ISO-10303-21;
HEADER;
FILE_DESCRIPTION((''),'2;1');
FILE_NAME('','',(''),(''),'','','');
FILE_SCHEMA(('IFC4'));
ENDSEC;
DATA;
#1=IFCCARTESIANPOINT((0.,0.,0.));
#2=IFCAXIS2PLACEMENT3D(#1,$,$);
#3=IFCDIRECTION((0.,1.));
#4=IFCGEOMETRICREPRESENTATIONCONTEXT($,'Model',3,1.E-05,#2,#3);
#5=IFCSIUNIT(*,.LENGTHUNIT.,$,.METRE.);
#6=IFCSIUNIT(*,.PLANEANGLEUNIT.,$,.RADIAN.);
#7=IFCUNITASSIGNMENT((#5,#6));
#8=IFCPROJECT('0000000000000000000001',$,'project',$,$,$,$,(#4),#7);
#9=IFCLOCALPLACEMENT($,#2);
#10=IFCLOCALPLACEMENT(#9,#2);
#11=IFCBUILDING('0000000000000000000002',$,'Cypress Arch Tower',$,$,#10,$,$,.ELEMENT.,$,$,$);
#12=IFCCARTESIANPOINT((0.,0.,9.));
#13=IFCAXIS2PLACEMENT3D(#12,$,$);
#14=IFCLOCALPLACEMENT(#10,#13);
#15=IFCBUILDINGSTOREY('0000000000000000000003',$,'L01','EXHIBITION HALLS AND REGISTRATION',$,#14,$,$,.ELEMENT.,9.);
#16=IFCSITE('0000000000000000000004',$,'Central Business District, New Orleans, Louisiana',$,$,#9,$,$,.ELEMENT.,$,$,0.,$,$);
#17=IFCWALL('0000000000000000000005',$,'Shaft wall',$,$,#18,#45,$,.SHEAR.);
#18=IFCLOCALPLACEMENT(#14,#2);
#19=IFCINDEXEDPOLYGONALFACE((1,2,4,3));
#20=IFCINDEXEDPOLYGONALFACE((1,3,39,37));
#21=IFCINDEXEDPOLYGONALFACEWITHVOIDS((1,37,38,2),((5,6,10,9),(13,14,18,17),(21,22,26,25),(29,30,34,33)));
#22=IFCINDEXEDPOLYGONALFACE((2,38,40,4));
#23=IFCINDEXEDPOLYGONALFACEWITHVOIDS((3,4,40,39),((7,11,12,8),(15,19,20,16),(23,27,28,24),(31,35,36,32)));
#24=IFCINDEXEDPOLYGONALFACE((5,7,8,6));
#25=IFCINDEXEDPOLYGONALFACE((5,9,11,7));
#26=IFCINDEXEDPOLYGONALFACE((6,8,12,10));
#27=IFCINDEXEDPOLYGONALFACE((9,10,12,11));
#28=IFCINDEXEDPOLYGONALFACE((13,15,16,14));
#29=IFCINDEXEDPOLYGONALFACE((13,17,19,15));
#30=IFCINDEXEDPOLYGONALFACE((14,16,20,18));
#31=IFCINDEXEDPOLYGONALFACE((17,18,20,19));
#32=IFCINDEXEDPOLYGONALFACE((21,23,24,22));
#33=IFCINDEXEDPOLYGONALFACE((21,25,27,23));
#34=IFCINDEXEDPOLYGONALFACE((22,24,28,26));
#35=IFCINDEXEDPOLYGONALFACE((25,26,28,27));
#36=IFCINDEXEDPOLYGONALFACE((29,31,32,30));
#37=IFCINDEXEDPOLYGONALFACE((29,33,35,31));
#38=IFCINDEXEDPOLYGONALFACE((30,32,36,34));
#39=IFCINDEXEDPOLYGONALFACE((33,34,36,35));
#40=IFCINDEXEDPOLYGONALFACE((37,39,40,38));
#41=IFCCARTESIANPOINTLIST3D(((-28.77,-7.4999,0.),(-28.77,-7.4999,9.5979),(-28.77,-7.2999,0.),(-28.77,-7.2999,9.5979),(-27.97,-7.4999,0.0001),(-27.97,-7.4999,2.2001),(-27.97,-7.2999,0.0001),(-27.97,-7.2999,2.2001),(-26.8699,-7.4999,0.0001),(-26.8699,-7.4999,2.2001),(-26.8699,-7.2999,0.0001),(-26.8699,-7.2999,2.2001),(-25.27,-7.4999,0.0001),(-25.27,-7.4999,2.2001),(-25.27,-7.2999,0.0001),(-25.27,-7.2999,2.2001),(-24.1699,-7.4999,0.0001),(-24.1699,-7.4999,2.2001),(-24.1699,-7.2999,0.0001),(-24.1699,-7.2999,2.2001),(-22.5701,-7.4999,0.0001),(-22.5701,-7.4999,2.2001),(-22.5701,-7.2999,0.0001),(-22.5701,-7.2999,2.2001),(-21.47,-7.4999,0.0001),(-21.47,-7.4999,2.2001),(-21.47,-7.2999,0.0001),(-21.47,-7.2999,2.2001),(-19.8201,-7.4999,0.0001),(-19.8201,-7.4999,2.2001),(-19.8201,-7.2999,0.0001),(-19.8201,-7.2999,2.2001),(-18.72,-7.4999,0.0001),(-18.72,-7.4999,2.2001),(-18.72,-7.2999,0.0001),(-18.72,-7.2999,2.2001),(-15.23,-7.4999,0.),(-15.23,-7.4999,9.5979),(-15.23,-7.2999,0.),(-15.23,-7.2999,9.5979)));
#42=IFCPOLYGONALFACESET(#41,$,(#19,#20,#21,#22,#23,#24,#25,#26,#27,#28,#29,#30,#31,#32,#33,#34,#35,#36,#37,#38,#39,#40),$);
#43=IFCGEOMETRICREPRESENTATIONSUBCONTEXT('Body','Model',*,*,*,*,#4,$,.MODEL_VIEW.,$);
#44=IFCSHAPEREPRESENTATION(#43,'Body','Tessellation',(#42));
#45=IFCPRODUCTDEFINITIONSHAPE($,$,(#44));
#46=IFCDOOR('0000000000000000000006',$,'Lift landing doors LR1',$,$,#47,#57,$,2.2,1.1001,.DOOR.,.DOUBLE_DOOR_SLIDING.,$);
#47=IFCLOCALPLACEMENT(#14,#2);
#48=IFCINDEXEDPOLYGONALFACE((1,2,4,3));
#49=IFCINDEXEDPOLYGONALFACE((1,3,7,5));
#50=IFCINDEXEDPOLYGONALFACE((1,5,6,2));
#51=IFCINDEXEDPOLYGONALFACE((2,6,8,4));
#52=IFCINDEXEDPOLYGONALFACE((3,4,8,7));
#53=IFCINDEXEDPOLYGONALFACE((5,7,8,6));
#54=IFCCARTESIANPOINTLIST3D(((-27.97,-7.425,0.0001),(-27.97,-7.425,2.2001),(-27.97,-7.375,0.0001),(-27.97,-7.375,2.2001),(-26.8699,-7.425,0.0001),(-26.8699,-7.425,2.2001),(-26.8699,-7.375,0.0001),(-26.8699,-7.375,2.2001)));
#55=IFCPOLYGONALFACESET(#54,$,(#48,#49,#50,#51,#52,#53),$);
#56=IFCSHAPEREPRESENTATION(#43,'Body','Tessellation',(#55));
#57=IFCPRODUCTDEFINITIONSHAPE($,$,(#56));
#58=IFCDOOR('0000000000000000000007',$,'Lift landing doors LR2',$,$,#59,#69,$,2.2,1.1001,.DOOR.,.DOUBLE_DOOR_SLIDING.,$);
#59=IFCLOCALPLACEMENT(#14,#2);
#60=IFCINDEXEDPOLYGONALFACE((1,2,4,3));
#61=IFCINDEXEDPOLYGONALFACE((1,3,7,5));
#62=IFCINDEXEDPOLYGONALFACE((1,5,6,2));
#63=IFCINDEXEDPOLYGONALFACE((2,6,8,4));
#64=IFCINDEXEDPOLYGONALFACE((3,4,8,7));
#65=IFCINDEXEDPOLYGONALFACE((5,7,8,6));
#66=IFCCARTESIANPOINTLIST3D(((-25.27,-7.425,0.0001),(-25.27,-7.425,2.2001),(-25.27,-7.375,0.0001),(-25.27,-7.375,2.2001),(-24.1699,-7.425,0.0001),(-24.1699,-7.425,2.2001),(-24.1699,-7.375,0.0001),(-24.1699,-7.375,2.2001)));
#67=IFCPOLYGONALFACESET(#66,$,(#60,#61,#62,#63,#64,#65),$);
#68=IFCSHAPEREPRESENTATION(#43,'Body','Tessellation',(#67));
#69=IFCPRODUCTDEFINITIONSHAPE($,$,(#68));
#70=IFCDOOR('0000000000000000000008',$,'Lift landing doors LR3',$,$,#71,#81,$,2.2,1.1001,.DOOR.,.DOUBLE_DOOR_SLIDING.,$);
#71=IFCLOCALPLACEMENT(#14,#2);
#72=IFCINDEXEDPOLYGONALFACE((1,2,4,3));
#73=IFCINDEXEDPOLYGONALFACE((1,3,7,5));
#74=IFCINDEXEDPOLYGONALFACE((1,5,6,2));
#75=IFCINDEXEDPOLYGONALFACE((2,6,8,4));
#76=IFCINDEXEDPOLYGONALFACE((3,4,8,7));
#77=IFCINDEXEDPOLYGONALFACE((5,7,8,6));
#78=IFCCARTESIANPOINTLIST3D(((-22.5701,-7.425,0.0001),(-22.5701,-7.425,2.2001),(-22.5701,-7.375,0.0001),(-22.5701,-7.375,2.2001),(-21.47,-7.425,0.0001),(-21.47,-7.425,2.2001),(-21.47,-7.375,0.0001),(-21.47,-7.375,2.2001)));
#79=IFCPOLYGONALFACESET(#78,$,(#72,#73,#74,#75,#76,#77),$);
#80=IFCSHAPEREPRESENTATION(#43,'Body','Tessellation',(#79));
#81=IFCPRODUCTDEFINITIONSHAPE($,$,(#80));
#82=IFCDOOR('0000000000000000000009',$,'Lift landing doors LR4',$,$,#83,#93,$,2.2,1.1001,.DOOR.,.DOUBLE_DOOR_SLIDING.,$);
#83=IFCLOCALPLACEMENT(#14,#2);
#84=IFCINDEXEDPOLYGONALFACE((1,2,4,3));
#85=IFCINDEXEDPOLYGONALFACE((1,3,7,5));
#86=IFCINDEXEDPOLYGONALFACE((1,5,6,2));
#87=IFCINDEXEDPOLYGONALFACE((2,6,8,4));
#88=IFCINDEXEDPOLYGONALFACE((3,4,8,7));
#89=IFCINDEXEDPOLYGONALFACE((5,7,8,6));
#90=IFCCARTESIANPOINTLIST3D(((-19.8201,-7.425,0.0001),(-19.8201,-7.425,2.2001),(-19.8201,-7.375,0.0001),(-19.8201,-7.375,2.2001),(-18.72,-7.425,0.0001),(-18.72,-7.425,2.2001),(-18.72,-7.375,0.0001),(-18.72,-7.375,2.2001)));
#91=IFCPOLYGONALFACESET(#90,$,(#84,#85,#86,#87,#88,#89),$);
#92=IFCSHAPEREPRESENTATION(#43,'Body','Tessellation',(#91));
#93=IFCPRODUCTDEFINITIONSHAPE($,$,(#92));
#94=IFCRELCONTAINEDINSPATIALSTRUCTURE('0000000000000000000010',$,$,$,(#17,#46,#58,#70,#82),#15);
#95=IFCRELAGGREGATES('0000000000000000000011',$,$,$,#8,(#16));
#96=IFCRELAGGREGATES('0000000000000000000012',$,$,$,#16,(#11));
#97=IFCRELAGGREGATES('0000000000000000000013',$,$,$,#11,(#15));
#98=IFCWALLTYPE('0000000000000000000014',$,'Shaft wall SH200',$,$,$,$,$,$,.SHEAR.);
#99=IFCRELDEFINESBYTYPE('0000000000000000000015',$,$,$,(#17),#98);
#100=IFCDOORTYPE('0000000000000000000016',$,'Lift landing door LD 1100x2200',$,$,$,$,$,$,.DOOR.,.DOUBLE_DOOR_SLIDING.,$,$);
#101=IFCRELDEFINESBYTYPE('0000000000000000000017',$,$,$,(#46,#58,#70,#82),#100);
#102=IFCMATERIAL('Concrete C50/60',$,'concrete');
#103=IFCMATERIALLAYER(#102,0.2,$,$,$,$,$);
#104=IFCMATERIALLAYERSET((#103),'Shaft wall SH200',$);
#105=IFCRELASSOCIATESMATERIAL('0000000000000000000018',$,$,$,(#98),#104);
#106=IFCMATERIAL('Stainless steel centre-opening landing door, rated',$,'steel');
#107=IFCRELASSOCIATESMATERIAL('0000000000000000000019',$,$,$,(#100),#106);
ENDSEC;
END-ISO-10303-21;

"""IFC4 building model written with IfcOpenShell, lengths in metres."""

from ifc_helpers import new_model, si_unit, direction, frame, frame_2d, origin, place, context, subcontext, project, spatial, rectangle, extrude, material, layer, layer_set, type_object, element, fill, save


model = new_model("IFC4")

# Units and contexts
model_context = context("Model", 3, precision=1e-05, world=origin(), true_north=direction((0.0, 1.0)))
body_context = subcontext(model_context, "Body", "Model", "MODEL_VIEW")
ifc_project = project(units=[si_unit("LENGTHUNIT", "METRE"), si_unit("PLANEANGLEUNIT", "RADIAN")], contexts=[model_context])

# Site, building, storey
site_placement = place(None, origin())
site = spatial("IfcSite", under=ifc_project, at=site_placement, Name="Central Business District, New Orleans, Louisiana", CompositionType="ELEMENT", RefElevation=0.0)
building_placement = place(site_placement, origin())
building = spatial("IfcBuilding", under=site, at=building_placement, Name="Cypress Arch Tower", CompositionType="ELEMENT")
storey_placement = place(building_placement, frame((0.0, 0.0, 9.0)))
storey = spatial("IfcBuildingStorey", under=building, at=storey_placement, Name="L01", Description="EXHIBITION HALLS AND REGISTRATION", CompositionType="ELEMENT", Elevation=9.0)

# Wall, openings, doors
ifc_material_1 = material(Name="Concrete C50/60", Category="concrete")
ifc_layer_1 = layer(ifc_material_1, 0.2)
ifc_layer_set_1 = layer_set([ifc_layer_1], Name="Shaft wall SH200")
wall_type_1 = type_object("IfcWallType", Name="Shaft wall SH200", PredefinedType="SHEAR", material=ifc_layer_set_1)
wall_1_placement = place(storey_placement, frame((-28.77, -7.3999, 0.0), z_axis=(0.0, 0.0, 1.0), x_axis=(1.0, 0.0, 0.0)))
wall_1 = element("IfcWall", 1, at=wall_1_placement, inside=storey, type_object=wall_type_1, Name="Shaft wall", PredefinedType="SHEAR", context=body_context, shape_type="SweptSolid", body=[
    extrude(rectangle(XDim=13.54, YDim=0.2, at=frame_2d((6.77, 0.0))), origin(), (0.0, 0.0, 1.0), 9.5979),
])
opening_1_placement = place(wall_1_placement, frame((0.8, 0.0, 0.0)))
opening_1 = element("IfcOpeningElement", 2, at=opening_1_placement, cuts=wall_1, PredefinedType="OPENING", context=body_context, shape_type="SweptSolid", body=[
    extrude(rectangle(XDim=1.1001, YDim=2.2, at=frame_2d((0.55, 1.1001))), frame((0.0, 0.1099, 0.0), z_axis=(0.0, -1.0, 0.0), x_axis=(1.0, 0.0, 0.0)), (0.0, 0.0, 1.0), 0.22),
])
opening_2_placement = place(wall_1_placement, frame((3.5, 0.0, 0.0)))
opening_2 = element("IfcOpeningElement", 3, at=opening_2_placement, cuts=wall_1, PredefinedType="OPENING", context=body_context, shape_type="SweptSolid", body=[
    extrude(rectangle(XDim=1.1001, YDim=2.2, at=frame_2d((0.55, 1.1001))), frame((0.0, 0.1099, 0.0), z_axis=(0.0, -1.0, 0.0), x_axis=(1.0, 0.0, 0.0)), (0.0, 0.0, 1.0), 0.22),
])
opening_3_placement = place(wall_1_placement, frame((6.2, 0.0, 0.0)))
opening_3 = element("IfcOpeningElement", 4, at=opening_3_placement, cuts=wall_1, PredefinedType="OPENING", context=body_context, shape_type="SweptSolid", body=[
    extrude(rectangle(XDim=1.1001, YDim=2.2, at=frame_2d((0.55, 1.1001))), frame((0.0, 0.1099, 0.0), z_axis=(0.0, -1.0, 0.0), x_axis=(1.0, 0.0, 0.0)), (0.0, 0.0, 1.0), 0.22),
])
opening_4_placement = place(wall_1_placement, frame((8.95, 0.0, 0.0)))
opening_4 = element("IfcOpeningElement", 5, at=opening_4_placement, cuts=wall_1, PredefinedType="OPENING", context=body_context, shape_type="SweptSolid", body=[
    extrude(rectangle(XDim=1.1001, YDim=2.2, at=frame_2d((0.55, 1.1001))), frame((0.0, 0.1099, 0.0), z_axis=(0.0, -1.0, 0.0), x_axis=(1.0, 0.0, 0.0)), (0.0, 0.0, 1.0), 0.22),
])
ifc_material_2 = material(Name="Stainless steel centre-opening landing door, rated", Category="steel")
door_type = type_object("IfcDoorType", Name="Lift landing door LD 1100x2200", OperationType="DOUBLE_DOOR_SLIDING", PredefinedType="DOOR", material=ifc_material_2)
door_1_placement = place(opening_1_placement, origin())
door_1 = element("IfcDoor", 6, at=door_1_placement, inside=storey, type_object=door_type, Name="Lift landing doors LR1", OperationType="DOUBLE_DOOR_SLIDING", OverallHeight=2.2, OverallWidth=1.1001, PredefinedType="DOOR", context=body_context, shape_type="SweptSolid", body=[
    extrude(rectangle(XDim=1.1001, YDim=2.2, at=frame_2d((0.55, 1.1001))), frame((0.0, 0.0249, 0.0), z_axis=(0.0, -1.0, 0.0), x_axis=(1.0, 0.0, 0.0)), (0.0, 0.0, 1.0), 0.05),
])
fill(opening_1, door_1)
door_2_placement = place(opening_2_placement, origin())
door_2 = element("IfcDoor", 7, at=door_2_placement, inside=storey, type_object=door_type, Name="Lift landing doors LR2", OperationType="DOUBLE_DOOR_SLIDING", OverallHeight=2.2, OverallWidth=1.1001, PredefinedType="DOOR", context=body_context, shape_type="SweptSolid", body=[
    extrude(rectangle(XDim=1.1001, YDim=2.2, at=frame_2d((0.55, 1.1001))), frame((0.0, 0.0249, 0.0), z_axis=(0.0, -1.0, 0.0), x_axis=(1.0, 0.0, 0.0)), (0.0, 0.0, 1.0), 0.05),
])
fill(opening_2, door_2)
door_3_placement = place(opening_3_placement, origin())
door_3 = element("IfcDoor", 8, at=door_3_placement, inside=storey, type_object=door_type, Name="Lift landing doors LR3", OperationType="DOUBLE_DOOR_SLIDING", OverallHeight=2.2, OverallWidth=1.1001, PredefinedType="DOOR", context=body_context, shape_type="SweptSolid", body=[
    extrude(rectangle(XDim=1.1001, YDim=2.2, at=frame_2d((0.55, 1.1001))), frame((0.0, 0.0249, 0.0), z_axis=(0.0, -1.0, 0.0), x_axis=(1.0, 0.0, 0.0)), (0.0, 0.0, 1.0), 0.05),
])
fill(opening_3, door_3)
door_4_placement = place(opening_4_placement, origin())
door_4 = element("IfcDoor", 9, at=door_4_placement, inside=storey, type_object=door_type, Name="Lift landing doors LR4", OperationType="DOUBLE_DOOR_SLIDING", OverallHeight=2.2, OverallWidth=1.1001, PredefinedType="DOOR", context=body_context, shape_type="SweptSolid", body=[
    extrude(rectangle(XDim=1.1001, YDim=2.2, at=frame_2d((0.55, 1.1001))), frame((0.0, 0.0249, 0.0), z_axis=(0.0, -1.0, 0.0), x_axis=(1.0, 0.0, 0.0)), (0.0, 0.0, 1.0), 0.05),
])
fill(opening_4, door_4)

save(model, "model.ifc")
